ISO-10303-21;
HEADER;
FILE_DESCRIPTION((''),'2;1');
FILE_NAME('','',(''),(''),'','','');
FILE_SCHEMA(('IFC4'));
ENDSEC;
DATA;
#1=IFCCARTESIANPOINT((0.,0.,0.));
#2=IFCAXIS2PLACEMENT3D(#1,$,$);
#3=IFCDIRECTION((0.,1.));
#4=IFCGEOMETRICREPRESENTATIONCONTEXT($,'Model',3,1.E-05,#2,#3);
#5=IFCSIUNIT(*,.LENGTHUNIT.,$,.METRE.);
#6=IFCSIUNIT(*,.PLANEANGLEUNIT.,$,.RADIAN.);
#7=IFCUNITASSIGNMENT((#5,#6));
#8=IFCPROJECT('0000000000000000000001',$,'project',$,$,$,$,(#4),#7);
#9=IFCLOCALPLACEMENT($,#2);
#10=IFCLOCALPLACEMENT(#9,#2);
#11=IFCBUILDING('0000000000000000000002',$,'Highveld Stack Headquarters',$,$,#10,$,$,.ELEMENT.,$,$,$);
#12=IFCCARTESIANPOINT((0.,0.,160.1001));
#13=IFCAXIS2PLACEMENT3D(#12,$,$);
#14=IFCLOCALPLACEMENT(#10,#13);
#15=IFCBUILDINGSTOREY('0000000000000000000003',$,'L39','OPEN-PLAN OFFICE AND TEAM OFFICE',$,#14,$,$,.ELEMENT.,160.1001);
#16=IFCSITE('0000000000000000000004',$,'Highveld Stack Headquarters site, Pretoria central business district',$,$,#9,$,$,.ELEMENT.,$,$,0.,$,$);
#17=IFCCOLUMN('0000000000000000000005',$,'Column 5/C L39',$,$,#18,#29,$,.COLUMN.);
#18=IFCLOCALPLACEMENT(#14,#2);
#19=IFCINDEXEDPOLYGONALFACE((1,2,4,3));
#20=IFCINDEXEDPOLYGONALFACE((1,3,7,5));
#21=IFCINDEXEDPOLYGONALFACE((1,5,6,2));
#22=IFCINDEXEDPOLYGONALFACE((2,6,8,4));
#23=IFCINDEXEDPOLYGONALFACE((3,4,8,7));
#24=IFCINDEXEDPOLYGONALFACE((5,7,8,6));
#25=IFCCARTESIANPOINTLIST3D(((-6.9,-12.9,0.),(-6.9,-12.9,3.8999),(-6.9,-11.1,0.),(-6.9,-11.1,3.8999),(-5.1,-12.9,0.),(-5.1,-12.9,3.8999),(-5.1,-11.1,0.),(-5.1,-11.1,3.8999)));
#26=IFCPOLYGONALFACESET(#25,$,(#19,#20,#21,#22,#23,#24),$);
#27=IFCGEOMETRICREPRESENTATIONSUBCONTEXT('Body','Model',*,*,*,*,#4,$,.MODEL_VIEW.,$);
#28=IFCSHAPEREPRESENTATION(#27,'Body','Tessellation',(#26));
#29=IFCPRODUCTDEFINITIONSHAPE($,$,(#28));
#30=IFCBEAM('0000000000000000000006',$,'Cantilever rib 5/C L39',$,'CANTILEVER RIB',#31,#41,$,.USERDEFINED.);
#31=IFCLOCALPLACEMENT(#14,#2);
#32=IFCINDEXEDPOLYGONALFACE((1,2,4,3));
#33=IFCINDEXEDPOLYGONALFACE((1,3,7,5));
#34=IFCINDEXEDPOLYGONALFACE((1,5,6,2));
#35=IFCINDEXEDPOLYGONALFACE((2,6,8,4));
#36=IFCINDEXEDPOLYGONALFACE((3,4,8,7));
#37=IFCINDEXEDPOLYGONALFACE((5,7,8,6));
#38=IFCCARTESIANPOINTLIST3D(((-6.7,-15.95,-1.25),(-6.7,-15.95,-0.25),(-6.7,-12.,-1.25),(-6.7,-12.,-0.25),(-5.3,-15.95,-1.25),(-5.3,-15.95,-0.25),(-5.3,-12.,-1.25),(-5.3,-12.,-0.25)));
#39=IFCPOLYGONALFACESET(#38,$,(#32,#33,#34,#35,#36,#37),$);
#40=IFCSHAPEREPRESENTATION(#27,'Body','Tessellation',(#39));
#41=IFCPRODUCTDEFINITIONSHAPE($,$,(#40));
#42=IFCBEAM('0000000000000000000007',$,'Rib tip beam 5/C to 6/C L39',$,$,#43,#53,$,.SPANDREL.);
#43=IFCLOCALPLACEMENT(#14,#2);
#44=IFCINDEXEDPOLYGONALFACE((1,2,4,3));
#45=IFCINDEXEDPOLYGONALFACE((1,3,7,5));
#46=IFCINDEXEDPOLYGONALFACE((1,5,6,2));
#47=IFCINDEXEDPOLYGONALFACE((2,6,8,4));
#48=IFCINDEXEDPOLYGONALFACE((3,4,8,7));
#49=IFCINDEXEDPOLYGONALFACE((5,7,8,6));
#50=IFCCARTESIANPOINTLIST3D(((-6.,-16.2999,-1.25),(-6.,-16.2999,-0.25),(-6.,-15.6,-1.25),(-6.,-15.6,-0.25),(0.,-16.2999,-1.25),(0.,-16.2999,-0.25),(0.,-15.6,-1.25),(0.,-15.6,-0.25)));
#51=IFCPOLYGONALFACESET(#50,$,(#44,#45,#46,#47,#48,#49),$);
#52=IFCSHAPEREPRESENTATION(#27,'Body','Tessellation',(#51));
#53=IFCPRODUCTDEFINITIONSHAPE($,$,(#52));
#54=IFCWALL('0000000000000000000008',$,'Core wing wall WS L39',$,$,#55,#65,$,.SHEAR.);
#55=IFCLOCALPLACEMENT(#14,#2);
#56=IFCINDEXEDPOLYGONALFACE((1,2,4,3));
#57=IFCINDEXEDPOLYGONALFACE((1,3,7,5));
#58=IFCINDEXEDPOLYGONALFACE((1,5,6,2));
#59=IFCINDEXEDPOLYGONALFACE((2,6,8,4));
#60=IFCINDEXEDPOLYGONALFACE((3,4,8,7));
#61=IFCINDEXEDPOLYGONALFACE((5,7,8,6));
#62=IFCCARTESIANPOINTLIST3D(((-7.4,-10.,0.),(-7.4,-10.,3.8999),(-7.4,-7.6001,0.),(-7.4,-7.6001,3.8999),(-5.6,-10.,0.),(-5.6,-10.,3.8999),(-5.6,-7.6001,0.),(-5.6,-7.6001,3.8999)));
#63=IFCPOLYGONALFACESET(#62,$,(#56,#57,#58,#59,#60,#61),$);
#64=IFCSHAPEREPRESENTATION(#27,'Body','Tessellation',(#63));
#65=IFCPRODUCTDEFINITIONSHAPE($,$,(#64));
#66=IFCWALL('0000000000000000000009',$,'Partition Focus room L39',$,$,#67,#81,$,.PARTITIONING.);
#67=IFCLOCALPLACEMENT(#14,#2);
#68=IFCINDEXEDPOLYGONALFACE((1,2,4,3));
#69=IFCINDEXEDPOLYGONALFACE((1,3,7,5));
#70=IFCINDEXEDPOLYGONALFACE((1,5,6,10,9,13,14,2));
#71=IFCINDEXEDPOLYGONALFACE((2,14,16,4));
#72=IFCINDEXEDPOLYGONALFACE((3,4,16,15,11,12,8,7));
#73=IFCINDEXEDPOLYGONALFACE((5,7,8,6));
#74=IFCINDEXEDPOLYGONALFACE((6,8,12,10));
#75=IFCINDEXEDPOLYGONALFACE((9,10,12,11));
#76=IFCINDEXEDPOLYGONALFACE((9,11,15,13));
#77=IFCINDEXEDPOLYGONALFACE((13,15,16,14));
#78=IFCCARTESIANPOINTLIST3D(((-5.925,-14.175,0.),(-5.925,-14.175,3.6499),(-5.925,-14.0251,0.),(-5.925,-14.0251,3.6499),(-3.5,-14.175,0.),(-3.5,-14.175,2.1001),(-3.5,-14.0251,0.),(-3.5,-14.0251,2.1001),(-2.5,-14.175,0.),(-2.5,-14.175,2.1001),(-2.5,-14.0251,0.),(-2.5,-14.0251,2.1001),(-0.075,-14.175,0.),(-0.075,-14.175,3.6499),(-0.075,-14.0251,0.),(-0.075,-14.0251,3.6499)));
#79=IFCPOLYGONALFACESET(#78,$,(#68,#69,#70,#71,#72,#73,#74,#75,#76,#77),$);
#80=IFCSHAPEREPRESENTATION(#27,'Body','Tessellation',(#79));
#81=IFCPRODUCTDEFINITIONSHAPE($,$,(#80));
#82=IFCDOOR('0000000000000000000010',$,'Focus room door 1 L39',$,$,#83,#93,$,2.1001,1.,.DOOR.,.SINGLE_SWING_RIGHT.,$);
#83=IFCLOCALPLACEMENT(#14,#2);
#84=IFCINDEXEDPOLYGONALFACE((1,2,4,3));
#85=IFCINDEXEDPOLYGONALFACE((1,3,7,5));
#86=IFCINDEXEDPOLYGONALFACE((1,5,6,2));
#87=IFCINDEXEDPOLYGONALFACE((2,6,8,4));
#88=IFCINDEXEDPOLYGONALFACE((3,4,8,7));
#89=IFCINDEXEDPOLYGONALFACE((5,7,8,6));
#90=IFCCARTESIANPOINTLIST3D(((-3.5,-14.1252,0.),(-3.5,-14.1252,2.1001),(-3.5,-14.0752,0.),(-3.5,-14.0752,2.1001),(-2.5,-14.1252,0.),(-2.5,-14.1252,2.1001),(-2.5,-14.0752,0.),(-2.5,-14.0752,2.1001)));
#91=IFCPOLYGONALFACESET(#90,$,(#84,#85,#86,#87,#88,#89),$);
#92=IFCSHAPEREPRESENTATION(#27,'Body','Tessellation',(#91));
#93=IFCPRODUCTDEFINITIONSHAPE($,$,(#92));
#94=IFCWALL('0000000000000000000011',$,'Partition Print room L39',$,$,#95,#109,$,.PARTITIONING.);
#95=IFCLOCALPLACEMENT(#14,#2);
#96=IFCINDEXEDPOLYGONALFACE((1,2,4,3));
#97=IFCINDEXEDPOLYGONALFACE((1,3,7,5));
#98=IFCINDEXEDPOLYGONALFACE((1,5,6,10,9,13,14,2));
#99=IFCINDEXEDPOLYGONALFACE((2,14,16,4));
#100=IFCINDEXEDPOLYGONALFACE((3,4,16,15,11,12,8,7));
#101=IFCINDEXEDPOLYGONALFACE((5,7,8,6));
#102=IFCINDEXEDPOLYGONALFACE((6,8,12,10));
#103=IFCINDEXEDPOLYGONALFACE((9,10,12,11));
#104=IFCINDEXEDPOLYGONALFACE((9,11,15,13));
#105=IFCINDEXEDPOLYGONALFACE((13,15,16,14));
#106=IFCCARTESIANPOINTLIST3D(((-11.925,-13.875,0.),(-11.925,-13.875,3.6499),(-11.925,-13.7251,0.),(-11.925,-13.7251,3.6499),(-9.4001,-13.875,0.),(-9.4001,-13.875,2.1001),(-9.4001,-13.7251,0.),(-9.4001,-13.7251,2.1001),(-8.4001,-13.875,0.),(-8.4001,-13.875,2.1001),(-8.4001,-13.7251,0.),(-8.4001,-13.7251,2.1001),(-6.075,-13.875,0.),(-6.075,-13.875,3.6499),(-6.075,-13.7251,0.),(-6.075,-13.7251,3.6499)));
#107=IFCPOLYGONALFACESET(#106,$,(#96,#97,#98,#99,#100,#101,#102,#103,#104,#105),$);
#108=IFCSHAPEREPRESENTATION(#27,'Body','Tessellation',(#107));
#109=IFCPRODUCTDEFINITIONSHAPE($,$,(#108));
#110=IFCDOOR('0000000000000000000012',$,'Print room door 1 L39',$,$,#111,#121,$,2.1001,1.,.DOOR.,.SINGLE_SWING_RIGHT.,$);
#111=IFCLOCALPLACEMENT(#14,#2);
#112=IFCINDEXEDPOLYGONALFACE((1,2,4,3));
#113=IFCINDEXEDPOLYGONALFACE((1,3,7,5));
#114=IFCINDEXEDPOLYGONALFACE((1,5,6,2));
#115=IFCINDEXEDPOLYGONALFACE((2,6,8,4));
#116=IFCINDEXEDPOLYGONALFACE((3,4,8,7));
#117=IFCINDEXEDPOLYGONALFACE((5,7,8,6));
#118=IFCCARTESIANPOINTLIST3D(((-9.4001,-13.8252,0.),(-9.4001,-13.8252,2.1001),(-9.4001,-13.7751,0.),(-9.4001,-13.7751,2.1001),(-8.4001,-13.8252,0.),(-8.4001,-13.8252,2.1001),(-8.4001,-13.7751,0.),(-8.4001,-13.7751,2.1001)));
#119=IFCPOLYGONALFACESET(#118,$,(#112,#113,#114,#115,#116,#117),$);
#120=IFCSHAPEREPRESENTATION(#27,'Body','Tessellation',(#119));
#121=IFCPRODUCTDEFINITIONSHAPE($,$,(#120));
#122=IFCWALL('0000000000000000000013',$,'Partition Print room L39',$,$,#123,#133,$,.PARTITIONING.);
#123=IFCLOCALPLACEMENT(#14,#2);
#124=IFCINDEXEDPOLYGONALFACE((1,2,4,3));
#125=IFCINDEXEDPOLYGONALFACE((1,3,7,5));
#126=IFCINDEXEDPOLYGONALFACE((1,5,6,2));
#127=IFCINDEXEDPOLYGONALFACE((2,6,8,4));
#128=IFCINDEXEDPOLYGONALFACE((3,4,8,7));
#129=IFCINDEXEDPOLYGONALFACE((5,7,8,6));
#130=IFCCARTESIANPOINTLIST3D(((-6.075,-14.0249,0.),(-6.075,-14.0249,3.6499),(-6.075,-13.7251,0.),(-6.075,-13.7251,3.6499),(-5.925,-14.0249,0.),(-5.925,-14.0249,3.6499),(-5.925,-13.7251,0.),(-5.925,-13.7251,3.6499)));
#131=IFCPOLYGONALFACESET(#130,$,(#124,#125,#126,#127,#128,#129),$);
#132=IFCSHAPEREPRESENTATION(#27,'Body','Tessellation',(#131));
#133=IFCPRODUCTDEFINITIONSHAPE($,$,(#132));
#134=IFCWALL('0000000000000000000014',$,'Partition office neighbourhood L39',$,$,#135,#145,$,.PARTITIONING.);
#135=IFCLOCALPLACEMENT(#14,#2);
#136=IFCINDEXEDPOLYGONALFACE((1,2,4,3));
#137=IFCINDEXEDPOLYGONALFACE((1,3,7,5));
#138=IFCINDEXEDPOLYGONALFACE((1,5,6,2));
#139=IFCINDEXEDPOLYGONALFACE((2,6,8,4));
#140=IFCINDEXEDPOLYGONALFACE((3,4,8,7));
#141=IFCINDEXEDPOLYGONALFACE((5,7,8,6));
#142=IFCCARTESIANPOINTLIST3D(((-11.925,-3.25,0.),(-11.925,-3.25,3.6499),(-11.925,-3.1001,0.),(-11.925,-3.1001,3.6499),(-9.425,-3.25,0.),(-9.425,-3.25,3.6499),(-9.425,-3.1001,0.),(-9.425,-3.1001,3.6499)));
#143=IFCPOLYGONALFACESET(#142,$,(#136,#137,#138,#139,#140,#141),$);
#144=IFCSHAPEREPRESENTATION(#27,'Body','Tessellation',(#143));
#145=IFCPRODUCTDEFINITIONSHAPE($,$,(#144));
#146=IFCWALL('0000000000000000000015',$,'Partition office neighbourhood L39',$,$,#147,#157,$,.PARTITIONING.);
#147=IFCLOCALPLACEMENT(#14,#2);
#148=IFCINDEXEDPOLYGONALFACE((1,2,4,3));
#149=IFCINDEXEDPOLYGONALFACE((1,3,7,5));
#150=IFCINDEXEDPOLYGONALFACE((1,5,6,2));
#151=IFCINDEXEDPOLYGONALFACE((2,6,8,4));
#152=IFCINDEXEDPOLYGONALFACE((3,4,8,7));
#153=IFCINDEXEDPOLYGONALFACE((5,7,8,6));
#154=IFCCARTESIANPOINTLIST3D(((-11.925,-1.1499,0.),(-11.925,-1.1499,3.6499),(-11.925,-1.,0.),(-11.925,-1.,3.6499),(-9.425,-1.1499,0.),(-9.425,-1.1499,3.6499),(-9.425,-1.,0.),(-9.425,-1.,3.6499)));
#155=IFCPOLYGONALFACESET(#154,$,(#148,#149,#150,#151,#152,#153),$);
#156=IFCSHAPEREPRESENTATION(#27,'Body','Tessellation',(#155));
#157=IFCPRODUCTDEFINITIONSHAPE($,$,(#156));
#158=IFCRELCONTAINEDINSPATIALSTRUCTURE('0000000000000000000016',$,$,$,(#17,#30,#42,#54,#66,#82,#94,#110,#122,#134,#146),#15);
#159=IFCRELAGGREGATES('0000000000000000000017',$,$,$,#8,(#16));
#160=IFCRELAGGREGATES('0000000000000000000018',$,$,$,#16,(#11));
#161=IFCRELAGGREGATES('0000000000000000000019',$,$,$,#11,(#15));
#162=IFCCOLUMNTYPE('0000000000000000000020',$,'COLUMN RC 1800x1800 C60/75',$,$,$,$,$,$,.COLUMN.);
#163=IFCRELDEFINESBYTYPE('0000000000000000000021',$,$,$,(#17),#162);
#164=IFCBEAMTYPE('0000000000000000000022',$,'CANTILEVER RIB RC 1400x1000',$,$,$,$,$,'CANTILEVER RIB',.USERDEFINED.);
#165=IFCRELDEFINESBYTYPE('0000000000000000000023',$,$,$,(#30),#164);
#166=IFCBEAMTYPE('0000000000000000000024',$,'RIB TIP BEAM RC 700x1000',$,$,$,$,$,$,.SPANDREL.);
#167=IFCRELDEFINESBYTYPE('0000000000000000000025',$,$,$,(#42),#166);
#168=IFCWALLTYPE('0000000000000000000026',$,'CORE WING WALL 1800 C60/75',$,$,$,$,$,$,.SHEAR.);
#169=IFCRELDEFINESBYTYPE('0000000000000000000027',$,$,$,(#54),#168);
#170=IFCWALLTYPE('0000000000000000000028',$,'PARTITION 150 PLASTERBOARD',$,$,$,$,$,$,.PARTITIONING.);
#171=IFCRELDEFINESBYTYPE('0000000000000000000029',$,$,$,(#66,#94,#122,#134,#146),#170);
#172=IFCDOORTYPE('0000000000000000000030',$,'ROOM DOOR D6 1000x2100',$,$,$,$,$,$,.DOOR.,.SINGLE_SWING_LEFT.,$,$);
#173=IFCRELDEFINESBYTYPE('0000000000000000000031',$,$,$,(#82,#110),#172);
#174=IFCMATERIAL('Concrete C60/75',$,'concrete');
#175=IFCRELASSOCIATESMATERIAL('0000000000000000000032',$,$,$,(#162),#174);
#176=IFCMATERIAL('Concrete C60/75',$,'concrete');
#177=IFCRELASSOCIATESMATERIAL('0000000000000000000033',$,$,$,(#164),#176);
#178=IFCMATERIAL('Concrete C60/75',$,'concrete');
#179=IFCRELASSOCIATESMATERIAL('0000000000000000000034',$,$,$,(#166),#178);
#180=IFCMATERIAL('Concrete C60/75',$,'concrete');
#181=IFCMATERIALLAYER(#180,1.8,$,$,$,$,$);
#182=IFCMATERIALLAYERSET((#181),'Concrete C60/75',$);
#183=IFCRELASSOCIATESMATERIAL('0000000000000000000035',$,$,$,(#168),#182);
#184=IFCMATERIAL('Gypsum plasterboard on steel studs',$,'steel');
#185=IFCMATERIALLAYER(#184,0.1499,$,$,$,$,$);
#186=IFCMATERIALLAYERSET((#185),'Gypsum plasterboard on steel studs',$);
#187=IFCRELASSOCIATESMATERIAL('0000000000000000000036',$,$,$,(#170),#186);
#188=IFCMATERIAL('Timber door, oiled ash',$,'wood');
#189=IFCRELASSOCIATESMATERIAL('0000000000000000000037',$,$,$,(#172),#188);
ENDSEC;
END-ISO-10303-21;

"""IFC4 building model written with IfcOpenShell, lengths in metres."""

from ifc_helpers import new_model, si_unit, direction, frame, frame_2d, origin, origin_2d, place, context, subcontext, project, spatial, rectangle, extrude, material, layer, layer_set, material_profile, profile_set, type_object, element, fill, save


model = new_model("IFC4")

# Units and contexts
model_context = context("Model", 3, precision=1e-05, world=origin(), true_north=direction((0.0, 1.0)))
body_context = subcontext(model_context, "Body", "Model", "MODEL_VIEW")
ifc_project = project(units=[si_unit("LENGTHUNIT", "METRE"), si_unit("PLANEANGLEUNIT", "RADIAN")], contexts=[model_context])

# Site, building, storey
site_placement = place(None, origin())
site = spatial("IfcSite", under=ifc_project, at=site_placement, Name="Highveld Stack Headquarters site, Pretoria central business district", CompositionType="ELEMENT", RefElevation=0.0)
building_placement = place(site_placement, origin())
building = spatial("IfcBuilding", under=site, at=building_placement, Name="Highveld Stack Headquarters", CompositionType="ELEMENT")
storey_placement = place(building_placement, frame((0.0, 0.0, 160.1001)))
storey = spatial("IfcBuildingStorey", under=building, at=storey_placement, Name="L39", Description="OPEN-PLAN OFFICE AND TEAM OFFICE", CompositionType="ELEMENT", Elevation=160.1001)

# Column
ifc_material_1 = material(Name="Concrete C60/75", Category="concrete")
ifc_material_profile_1 = material_profile(ifc_material_1, rectangle(XDim=1.8, YDim=1.8, at=origin_2d()), Name="RC 1800x1800")
ifc_profile_set_1 = profile_set([ifc_material_profile_1], Name="Concrete C60/75")
column_type = type_object("IfcColumnType", Name="COLUMN RC 1800x1800 C60/75", PredefinedType="COLUMN", material=ifc_profile_set_1)
column_placement = place(storey_placement, frame((-6.0, -12.0, 0.0), z_axis=(0.0, 0.0, 1.0), x_axis=(1.0, 0.0, 0.0)))
element("IfcColumn", 1, at=column_placement, inside=storey, type_object=column_type, Name="Column 5/C L39", PredefinedType="COLUMN", context=body_context, shape_type="SweptSolid", body=[
    extrude(rectangle(XDim=1.8, YDim=1.8, at=origin_2d()), origin(), (0.0, 0.0, 1.0), 3.8999),
])

# Beams
ifc_material_2 = material(Name="Concrete C60/75", Category="concrete")
ifc_material_profile_2 = material_profile(ifc_material_2, rectangle(XDim=1.3999, YDim=1.0, at=origin_2d()), Name="RC 1400x1000")
ifc_profile_set_2 = profile_set([ifc_material_profile_2], Name="Concrete C60/75")
beam_type_1 = type_object("IfcBeamType", Name="CANTILEVER RIB RC 1400x1000", ElementType="CANTILEVER RIB", PredefinedType="USERDEFINED", material=ifc_profile_set_2)
beam_1_placement = place(storey_placement, frame((-6.0, -12.0, -0.75), z_axis=(0.0, -1.0, 0.0), x_axis=(1.0, 0.0, 0.0)))
element("IfcBeam", 2, at=beam_1_placement, inside=storey, type_object=beam_type_1, Name="Cantilever rib 5/C L39", ObjectType="CANTILEVER RIB", PredefinedType="USERDEFINED", context=body_context, shape_type="SweptSolid", body=[
    extrude(rectangle(XDim=1.3999, YDim=1.0, at=origin_2d()), origin(), (0.0, 0.0, 1.0), 3.95),
])
ifc_material_3 = material(Name="Concrete C60/75", Category="concrete")
ifc_material_profile_3 = material_profile(ifc_material_3, rectangle(XDim=0.7, YDim=1.0, at=origin_2d()), Name="RC 700x1000")
ifc_profile_set_3 = profile_set([ifc_material_profile_3], Name="Concrete C60/75")
beam_type_2 = type_object("IfcBeamType", Name="RIB TIP BEAM RC 700x1000", PredefinedType="SPANDREL", material=ifc_profile_set_3)
beam_2_placement = place(storey_placement, frame((-6.0, -15.95, -0.75), z_axis=(1.0, 0.0, 0.0), x_axis=(0.0, 1.0, 0.0)))
element("IfcBeam", 3, at=beam_2_placement, inside=storey, type_object=beam_type_2, Name="Rib tip beam 5/C to 6/C L39", PredefinedType="SPANDREL", context=body_context, shape_type="SweptSolid", body=[
    extrude(rectangle(XDim=0.7, YDim=1.0, at=origin_2d()), origin(), (0.0, 0.0, 1.0), 6.0),
])

# Wall
ifc_material_4 = material(Name="Concrete C60/75", Category="concrete")
ifc_layer_1 = layer(ifc_material_4, 1.8)
ifc_layer_set_1 = layer_set([ifc_layer_1], Name="Concrete C60/75")
wall_type_1 = type_object("IfcWallType", Name="CORE WING WALL 1800 C60/75", PredefinedType="SHEAR", material=ifc_layer_set_1)
wall_1_placement = place(storey_placement, frame((-6.5, -10.0, 0.0), z_axis=(0.0, 0.0, 1.0), x_axis=(0.0, 1.0, 0.0)))
element("IfcWall", 4, at=wall_1_placement, inside=storey, type_object=wall_type_1, Name="Core wing wall WS L39", PredefinedType="SHEAR", context=body_context, shape_type="SweptSolid", body=[
    extrude(rectangle(XDim=2.3999, YDim=1.8, at=frame_2d((1.2, 0.0))), origin(), (0.0, 0.0, 1.0), 3.8999),
])

# Walls, openings, doors
ifc_material_5 = material(Name="Gypsum plasterboard on steel studs", Category="steel")
ifc_layer_2 = layer(ifc_material_5, 0.1499)
ifc_layer_set_2 = layer_set([ifc_layer_2], Name="Gypsum plasterboard on steel studs")
wall_type_2 = type_object("IfcWallType", Name="PARTITION 150 PLASTERBOARD", PredefinedType="PARTITIONING", material=ifc_layer_set_2)
wall_2_placement = place(storey_placement, frame((-5.925, -14.1001, 0.0), z_axis=(0.0, 0.0, 1.0), x_axis=(1.0, 0.0, 0.0)))
wall_2 = element("IfcWall", 5, at=wall_2_placement, inside=storey, type_object=wall_type_2, Name="Partition Focus room L39", PredefinedType="PARTITIONING", context=body_context, shape_type="SweptSolid", body=[
    extrude(rectangle(XDim=5.8501, YDim=0.1499, at=frame_2d((2.925, 0.0))), origin(), (0.0, 0.0, 1.0), 3.6499),
])
opening_1_placement = place(wall_2_placement, frame((2.425, 0.0, 0.0)))
opening_1 = element("IfcOpeningElement", 6, at=opening_1_placement, cuts=wall_2, PredefinedType="OPENING", context=body_context, shape_type="SweptSolid", body=[
    extrude(rectangle(XDim=1.0, YDim=2.1001, at=frame_2d((0.5, 1.05))), frame((0.0, 0.085, 0.0), z_axis=(0.0, -1.0, 0.0), x_axis=(1.0, 0.0, 0.0)), (0.0, 0.0, 1.0), 0.1699),
])
ifc_material_6 = material(Name="Timber door, oiled ash", Category="wood")
door_type_1 = type_object("IfcDoorType", Name="ROOM DOOR D6 1000x2100", OperationType="SINGLE_SWING_LEFT", PredefinedType="DOOR", material=ifc_material_6)
door_1_placement = place(opening_1_placement, origin())
door_1 = element("IfcDoor", 7, at=door_1_placement, inside=storey, type_object=door_type_1, Name="Focus room door 1 L39", OperationType="SINGLE_SWING_RIGHT", OverallHeight=2.1001, OverallWidth=1.0, PredefinedType="DOOR", context=body_context, shape_type="SweptSolid", body=[
    extrude(rectangle(XDim=1.0, YDim=2.1001, at=frame_2d((0.5, 1.05))), frame((0.0, 0.0249, 0.0), z_axis=(0.0, -1.0, 0.0), x_axis=(1.0, 0.0, 0.0)), (0.0, 0.0, 1.0), 0.05),
])
fill(opening_1, door_1)
wall_3_placement = place(storey_placement, frame((-11.925, -13.8, 0.0), z_axis=(0.0, 0.0, 1.0), x_axis=(1.0, 0.0, 0.0)))
wall_3 = element("IfcWall", 8, at=wall_3_placement, inside=storey, type_object=wall_type_2, Name="Partition Print room L39", PredefinedType="PARTITIONING", context=body_context, shape_type="SweptSolid", body=[
    extrude(rectangle(XDim=5.8501, YDim=0.1499, at=frame_2d((2.925, 0.0))), origin(), (0.0, 0.0, 1.0), 3.6499),
])
opening_2_placement = place(wall_3_placement, frame((2.5249, 0.0, 0.0)))
opening_2 = element("IfcOpeningElement", 9, at=opening_2_placement, cuts=wall_3, PredefinedType="OPENING", context=body_context, shape_type="SweptSolid", body=[
    extrude(rectangle(XDim=1.0, YDim=2.1001, at=frame_2d((0.5, 1.05))), frame((0.0, 0.085, 0.0), z_axis=(0.0, -1.0, 0.0), x_axis=(1.0, 0.0, 0.0)), (0.0, 0.0, 1.0), 0.1699),
])
door_2_placement = place(opening_2_placement, origin())
door_2 = element("IfcDoor", 10, at=door_2_placement, inside=storey, type_object=door_type_1, Name="Print room door 1 L39", OperationType="SINGLE_SWING_RIGHT", OverallHeight=2.1001, OverallWidth=1.0, PredefinedType="DOOR", context=body_context, shape_type="SweptSolid", body=[
    extrude(rectangle(XDim=1.0, YDim=2.1001, at=frame_2d((0.5, 1.05))), frame((0.0, 0.0249, 0.0), z_axis=(0.0, -1.0, 0.0), x_axis=(1.0, 0.0, 0.0)), (0.0, 0.0, 1.0), 0.05),
])
fill(opening_2, door_2)

# Walls
wall_4_placement = place(storey_placement, frame((-6.0, -14.0249, 0.0), z_axis=(0.0, 0.0, 1.0), x_axis=(0.0, 1.0, 0.0)))
element("IfcWall", 11, at=wall_4_placement, inside=storey, type_object=wall_type_2, Name="Partition Print room L39", PredefinedType="PARTITIONING", context=body_context, shape_type="SweptSolid", body=[
    extrude(rectangle(XDim=0.2998, YDim=0.1499, at=frame_2d((0.1499, 0.0))), origin(), (0.0, 0.0, 1.0), 3.6499),
])
for number, where, z_axis, x_axis, name in (
    (12, (-11.925, -3.175, 0.0), (0.0, 0.0, 1.0), (1.0, 0.0, 0.0), "Partition office neighbourhood L39"),
    (13, (-11.925, -1.075, 0.0), (0.0, 0.0, 1.0), (1.0, 0.0, 0.0), "Partition office neighbourhood L39"),
):
    element("IfcWall", number, at=place(storey_placement, frame(where, z_axis=z_axis, x_axis=x_axis)), inside=storey, type_object=wall_type_2, Name=name, PredefinedType="PARTITIONING", context=body_context, shape_type="SweptSolid", body=[
        extrude(rectangle(XDim=2.5, YDim=0.1499, at=frame_2d((1.25, 0.0))), origin(), (0.0, 0.0, 1.0), 3.6499),
    ])

save(model, "model.ifc")
